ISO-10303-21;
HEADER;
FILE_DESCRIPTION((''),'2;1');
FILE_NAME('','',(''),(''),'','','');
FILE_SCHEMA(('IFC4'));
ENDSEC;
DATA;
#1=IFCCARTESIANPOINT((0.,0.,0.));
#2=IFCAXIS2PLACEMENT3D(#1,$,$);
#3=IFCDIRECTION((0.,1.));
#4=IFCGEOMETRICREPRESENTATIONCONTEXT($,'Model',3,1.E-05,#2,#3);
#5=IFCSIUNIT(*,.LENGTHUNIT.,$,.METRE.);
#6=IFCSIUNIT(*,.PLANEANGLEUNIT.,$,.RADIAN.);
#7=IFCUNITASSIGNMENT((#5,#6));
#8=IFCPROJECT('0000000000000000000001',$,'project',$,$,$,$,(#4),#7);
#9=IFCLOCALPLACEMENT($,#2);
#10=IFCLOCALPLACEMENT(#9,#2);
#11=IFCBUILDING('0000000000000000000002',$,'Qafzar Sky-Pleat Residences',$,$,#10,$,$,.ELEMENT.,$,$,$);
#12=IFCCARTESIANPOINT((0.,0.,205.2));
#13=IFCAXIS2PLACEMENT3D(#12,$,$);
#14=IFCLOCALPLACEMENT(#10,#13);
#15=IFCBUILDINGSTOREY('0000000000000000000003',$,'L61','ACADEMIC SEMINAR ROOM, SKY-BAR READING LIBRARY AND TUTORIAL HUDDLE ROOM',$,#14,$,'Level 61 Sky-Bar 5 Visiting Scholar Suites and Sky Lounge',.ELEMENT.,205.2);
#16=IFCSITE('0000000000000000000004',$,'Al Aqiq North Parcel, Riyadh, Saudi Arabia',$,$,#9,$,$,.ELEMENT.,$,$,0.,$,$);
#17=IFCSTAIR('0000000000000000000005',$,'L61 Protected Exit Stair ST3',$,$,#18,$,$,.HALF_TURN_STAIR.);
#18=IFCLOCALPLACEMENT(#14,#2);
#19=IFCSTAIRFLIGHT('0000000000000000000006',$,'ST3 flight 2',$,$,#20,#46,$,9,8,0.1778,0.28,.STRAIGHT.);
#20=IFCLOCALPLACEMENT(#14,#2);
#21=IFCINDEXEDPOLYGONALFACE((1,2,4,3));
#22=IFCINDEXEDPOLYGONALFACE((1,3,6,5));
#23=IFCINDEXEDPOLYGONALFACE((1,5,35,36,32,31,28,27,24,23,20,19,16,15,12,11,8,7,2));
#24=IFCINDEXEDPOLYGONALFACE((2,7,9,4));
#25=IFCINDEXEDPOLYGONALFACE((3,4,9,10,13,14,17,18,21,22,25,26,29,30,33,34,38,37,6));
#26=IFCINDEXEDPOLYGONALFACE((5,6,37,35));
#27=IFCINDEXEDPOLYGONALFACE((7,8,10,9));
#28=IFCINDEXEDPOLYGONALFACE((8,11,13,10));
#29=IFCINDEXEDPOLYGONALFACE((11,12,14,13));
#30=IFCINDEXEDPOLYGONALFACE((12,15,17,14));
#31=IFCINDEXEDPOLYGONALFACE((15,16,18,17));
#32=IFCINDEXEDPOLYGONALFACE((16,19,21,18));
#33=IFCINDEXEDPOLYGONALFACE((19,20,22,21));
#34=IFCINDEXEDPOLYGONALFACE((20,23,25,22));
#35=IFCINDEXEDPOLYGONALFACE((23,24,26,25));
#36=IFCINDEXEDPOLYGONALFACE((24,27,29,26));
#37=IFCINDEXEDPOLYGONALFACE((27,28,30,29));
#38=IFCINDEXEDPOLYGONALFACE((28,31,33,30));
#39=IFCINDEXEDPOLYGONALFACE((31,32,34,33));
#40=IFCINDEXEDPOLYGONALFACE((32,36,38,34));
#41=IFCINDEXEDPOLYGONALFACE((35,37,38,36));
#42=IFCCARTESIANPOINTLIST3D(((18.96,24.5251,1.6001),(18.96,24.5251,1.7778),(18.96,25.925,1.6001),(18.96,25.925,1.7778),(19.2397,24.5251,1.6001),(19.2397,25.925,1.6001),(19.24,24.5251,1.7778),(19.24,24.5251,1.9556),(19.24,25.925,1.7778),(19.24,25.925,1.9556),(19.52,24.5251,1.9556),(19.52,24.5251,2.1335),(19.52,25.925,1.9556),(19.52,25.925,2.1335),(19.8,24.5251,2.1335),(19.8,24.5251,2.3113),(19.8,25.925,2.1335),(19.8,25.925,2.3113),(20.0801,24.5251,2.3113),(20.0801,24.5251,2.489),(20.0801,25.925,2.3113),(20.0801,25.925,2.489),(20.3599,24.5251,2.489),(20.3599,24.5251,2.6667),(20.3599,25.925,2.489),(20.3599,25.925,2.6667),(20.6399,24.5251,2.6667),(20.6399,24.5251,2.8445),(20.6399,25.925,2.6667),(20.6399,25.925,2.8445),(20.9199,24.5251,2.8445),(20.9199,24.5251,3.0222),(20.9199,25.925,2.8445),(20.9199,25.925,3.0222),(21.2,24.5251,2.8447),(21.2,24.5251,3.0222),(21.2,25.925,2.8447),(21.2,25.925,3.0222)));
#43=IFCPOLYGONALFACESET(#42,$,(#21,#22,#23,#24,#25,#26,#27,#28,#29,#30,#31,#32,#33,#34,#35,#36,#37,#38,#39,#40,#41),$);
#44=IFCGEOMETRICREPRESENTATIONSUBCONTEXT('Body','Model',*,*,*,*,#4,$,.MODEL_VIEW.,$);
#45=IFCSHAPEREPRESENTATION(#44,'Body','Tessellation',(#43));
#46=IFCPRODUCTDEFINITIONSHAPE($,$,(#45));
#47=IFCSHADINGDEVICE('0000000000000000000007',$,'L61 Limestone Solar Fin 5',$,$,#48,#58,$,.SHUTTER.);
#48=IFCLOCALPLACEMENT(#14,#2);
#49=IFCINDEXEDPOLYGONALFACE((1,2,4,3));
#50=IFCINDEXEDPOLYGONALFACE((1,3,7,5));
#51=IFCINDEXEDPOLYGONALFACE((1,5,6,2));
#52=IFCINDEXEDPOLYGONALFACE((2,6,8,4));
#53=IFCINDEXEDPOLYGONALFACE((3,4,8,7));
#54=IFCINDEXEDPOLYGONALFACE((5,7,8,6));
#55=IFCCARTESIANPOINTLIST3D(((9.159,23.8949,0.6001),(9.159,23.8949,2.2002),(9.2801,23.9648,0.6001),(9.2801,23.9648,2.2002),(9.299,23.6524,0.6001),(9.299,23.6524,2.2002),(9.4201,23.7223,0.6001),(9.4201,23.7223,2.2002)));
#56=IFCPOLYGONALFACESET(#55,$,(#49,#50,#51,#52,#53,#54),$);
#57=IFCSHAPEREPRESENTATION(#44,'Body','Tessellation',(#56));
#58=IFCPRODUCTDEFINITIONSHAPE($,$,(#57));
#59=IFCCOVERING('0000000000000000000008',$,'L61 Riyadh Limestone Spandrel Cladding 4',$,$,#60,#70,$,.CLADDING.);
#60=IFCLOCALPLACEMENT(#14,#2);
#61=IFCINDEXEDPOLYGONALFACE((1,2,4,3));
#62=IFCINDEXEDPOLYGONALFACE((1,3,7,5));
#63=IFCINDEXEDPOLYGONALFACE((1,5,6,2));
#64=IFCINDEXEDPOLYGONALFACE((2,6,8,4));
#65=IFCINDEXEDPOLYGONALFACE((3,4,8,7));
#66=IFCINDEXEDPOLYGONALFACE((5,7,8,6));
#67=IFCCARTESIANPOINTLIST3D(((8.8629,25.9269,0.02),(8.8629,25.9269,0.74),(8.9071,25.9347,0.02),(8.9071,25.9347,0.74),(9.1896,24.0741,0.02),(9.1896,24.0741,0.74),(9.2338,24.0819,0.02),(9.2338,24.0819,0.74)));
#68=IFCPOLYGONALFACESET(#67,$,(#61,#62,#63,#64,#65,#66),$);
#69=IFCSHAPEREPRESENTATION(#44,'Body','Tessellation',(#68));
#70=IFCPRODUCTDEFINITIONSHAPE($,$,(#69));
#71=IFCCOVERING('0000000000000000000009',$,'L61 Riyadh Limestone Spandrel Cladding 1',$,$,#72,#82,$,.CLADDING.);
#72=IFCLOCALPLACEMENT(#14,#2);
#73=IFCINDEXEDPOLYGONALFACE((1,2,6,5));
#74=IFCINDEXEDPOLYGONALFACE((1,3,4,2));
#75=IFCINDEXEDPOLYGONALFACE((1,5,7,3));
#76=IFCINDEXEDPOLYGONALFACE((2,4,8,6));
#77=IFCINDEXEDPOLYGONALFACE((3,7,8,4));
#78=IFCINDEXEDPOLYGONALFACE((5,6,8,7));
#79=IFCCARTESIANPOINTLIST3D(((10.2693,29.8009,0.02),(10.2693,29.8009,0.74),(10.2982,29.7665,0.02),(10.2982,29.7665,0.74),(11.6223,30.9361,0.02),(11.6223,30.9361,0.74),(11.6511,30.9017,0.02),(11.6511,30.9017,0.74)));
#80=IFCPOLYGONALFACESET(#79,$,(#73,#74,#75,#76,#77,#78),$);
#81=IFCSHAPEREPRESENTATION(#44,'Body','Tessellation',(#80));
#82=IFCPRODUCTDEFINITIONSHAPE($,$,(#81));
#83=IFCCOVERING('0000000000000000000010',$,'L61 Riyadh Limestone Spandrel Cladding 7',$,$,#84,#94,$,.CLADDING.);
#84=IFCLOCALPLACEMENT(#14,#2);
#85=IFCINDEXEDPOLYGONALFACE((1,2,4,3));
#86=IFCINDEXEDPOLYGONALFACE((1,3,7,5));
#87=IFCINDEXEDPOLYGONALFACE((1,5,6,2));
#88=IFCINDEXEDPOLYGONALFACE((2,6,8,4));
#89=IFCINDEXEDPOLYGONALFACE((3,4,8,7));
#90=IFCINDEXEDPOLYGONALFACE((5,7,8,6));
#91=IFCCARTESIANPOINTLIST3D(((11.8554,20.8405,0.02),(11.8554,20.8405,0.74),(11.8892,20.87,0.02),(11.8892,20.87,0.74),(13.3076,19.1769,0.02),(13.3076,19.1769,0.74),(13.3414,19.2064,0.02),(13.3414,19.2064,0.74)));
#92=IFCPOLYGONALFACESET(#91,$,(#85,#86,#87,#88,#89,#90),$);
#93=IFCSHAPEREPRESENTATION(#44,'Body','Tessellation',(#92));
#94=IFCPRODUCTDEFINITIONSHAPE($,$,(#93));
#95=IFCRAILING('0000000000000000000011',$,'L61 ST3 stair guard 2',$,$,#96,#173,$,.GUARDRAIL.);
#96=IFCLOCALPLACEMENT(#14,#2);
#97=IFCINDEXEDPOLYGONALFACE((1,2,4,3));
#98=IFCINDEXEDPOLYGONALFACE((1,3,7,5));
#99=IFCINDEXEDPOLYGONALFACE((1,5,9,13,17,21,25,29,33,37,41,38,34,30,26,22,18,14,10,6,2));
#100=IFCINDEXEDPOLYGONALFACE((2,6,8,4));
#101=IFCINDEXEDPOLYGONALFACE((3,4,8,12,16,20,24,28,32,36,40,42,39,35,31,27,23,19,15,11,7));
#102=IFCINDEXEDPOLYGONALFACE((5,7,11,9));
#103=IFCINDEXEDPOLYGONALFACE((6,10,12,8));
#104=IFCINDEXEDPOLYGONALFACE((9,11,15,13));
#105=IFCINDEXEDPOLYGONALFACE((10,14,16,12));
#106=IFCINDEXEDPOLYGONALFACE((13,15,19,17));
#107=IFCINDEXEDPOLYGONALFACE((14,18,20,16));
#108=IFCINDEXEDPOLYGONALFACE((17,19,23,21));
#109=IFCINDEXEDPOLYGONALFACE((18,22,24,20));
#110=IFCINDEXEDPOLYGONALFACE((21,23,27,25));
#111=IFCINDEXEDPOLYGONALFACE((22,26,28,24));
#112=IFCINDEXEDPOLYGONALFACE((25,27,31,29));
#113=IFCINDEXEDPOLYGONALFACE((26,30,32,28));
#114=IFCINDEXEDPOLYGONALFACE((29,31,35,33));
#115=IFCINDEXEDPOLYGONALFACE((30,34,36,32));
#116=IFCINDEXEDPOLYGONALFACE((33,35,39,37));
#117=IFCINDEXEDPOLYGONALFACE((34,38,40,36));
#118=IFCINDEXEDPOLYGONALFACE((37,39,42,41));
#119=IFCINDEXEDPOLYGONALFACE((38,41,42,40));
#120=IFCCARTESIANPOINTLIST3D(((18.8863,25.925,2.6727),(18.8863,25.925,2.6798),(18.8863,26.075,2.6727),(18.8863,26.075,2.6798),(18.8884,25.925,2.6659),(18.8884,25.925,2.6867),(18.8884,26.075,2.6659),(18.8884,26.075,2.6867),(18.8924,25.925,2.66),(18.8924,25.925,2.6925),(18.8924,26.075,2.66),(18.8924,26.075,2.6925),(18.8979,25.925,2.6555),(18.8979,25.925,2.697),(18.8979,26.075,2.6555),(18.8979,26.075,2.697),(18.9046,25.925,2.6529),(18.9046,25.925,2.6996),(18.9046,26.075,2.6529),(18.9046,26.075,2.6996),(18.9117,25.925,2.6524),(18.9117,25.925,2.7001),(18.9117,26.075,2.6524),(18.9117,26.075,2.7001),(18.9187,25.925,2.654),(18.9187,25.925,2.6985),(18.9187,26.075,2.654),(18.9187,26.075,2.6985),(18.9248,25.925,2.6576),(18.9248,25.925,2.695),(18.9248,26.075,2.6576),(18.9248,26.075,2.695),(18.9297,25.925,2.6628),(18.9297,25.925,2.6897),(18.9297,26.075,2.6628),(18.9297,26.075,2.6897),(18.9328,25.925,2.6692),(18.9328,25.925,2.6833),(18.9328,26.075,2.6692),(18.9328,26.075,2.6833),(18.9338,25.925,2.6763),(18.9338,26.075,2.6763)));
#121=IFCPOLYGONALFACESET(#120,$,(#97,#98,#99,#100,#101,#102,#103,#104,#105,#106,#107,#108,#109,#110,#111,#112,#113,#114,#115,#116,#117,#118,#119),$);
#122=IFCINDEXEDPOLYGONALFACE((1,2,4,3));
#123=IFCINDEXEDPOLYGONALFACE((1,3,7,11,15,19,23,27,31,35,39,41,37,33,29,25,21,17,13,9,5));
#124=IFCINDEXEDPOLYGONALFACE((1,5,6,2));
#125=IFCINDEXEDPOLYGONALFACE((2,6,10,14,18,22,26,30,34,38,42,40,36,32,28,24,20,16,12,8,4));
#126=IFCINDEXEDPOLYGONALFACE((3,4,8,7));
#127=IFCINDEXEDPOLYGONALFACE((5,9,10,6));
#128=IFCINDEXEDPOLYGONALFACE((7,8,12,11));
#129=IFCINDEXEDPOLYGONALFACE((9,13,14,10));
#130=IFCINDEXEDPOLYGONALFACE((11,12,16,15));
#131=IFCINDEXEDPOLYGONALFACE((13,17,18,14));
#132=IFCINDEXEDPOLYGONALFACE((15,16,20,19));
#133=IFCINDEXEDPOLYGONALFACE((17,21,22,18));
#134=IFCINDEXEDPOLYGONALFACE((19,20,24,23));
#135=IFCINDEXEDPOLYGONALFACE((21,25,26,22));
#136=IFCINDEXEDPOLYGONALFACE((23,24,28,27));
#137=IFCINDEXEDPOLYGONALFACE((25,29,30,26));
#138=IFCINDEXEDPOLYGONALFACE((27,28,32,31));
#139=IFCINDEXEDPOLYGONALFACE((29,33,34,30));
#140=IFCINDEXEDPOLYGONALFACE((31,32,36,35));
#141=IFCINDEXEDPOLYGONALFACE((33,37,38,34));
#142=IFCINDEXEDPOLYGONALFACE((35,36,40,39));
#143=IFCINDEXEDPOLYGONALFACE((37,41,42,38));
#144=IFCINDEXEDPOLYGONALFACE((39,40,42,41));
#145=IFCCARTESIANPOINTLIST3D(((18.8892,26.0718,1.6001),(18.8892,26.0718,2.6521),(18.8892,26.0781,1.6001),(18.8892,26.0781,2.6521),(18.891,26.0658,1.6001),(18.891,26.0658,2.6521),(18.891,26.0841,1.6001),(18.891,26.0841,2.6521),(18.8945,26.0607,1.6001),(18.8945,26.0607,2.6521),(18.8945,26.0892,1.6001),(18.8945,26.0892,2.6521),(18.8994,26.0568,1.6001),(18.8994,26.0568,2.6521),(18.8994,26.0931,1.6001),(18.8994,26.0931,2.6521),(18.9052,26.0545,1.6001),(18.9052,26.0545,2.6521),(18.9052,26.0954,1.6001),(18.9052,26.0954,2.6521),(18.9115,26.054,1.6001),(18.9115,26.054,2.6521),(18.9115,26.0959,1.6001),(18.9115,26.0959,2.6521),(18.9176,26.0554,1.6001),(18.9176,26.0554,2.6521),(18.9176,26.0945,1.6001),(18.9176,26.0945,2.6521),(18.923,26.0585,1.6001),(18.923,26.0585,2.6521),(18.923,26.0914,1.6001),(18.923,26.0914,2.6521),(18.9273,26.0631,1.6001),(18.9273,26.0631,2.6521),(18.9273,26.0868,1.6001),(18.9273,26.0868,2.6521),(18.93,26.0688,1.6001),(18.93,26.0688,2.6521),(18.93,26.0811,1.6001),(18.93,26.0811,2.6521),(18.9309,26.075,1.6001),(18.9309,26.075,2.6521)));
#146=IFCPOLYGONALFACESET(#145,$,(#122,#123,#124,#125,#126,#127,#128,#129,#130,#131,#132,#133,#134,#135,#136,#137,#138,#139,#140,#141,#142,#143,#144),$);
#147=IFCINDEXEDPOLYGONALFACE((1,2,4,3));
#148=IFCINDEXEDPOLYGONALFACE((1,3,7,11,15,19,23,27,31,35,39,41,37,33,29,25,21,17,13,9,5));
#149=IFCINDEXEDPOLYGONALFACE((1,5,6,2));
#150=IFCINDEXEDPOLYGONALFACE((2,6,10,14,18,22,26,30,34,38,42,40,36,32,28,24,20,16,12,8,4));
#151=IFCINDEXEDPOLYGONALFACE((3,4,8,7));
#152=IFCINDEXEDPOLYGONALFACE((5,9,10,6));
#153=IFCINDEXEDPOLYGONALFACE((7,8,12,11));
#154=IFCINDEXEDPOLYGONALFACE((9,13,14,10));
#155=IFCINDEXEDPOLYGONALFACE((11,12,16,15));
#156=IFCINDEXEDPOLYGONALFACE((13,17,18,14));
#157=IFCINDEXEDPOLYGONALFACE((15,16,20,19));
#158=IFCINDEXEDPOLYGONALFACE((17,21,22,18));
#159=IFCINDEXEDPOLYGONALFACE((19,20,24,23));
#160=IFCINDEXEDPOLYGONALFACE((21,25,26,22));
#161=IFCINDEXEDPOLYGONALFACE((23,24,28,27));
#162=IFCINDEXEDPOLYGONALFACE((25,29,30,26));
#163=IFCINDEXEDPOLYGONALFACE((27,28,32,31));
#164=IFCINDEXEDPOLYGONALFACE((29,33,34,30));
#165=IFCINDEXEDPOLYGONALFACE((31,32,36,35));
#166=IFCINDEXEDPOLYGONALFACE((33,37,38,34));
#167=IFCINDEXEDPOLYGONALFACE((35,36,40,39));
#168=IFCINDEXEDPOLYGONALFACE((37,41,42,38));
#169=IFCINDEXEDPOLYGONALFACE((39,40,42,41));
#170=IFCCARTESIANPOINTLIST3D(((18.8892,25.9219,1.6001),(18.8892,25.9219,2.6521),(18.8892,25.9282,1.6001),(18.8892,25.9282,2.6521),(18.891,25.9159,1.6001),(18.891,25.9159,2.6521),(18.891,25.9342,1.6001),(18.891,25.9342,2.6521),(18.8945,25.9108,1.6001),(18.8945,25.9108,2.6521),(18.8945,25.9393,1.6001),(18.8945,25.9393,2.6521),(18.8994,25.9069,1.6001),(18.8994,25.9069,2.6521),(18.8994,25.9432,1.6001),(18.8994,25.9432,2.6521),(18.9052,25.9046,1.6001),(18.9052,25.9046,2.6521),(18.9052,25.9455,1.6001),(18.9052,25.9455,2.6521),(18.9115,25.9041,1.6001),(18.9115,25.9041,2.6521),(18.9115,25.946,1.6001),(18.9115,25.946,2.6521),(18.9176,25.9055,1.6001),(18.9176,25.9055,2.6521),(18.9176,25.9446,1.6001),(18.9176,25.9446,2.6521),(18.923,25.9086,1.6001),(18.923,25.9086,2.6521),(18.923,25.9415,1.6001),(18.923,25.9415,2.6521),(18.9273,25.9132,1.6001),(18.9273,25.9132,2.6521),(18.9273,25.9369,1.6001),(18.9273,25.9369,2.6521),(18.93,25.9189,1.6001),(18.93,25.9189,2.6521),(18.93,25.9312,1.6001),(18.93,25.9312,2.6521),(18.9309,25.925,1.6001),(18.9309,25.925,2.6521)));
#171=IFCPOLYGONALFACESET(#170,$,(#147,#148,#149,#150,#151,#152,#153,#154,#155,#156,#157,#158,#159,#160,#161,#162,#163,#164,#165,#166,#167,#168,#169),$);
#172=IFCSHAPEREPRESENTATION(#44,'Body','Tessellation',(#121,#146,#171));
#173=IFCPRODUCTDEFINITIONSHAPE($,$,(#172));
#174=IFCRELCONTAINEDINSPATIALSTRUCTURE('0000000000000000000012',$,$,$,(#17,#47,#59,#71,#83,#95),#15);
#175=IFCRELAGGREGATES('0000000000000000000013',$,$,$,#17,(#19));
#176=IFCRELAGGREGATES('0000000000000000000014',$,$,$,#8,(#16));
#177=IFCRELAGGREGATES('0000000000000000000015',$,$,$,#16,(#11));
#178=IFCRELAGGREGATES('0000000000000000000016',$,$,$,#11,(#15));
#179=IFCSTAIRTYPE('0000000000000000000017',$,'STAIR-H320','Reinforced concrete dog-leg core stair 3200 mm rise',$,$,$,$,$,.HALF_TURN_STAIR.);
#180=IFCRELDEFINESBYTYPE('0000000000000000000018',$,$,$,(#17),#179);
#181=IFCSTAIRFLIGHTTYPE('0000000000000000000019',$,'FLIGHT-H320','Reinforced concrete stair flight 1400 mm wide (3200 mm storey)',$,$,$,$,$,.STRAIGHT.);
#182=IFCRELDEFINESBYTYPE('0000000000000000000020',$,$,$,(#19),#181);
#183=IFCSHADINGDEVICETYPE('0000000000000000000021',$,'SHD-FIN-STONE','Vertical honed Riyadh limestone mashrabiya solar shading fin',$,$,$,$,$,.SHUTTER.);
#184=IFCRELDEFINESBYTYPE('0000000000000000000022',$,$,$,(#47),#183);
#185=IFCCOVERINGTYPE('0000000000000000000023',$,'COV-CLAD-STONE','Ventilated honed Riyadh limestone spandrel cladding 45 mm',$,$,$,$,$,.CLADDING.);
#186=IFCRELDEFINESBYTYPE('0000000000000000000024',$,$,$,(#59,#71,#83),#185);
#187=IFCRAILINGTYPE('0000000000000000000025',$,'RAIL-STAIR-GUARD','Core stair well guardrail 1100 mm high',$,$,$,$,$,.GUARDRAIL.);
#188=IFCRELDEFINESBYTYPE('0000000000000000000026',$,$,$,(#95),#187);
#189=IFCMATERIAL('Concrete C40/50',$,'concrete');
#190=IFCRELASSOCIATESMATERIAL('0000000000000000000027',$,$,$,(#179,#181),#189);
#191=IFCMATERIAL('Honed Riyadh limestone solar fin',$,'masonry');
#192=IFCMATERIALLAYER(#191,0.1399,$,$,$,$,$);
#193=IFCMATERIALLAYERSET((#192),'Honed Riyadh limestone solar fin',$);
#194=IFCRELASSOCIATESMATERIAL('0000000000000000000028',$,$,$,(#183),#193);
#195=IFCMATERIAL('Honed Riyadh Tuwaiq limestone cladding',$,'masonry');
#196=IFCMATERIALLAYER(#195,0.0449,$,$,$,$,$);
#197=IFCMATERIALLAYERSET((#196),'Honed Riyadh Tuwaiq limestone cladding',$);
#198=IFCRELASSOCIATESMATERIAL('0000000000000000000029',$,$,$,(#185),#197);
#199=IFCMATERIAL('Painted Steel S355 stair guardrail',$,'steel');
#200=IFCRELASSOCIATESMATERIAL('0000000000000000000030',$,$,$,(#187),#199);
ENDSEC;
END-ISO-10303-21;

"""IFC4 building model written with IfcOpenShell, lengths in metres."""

from ifc_helpers import new_model, si_unit, direction, frame, origin, origin_2d, place, context, subcontext, project, spatial, polyline, rectangle, circle, outline, extrude, source, transform, mapped, material, layer, layer_set, type_object, element, aggregate, save


model = new_model("IFC4")

# Units and contexts
model_context = context("Model", 3, precision=1e-05, world=origin(), true_north=direction((0.0, 1.0)))
body_context = subcontext(model_context, "Body", "Model", "MODEL_VIEW")
ifc_project = project(units=[si_unit("LENGTHUNIT", "METRE"), si_unit("PLANEANGLEUNIT", "RADIAN")], contexts=[model_context])

# Site, building, storey
site_placement = place(None, origin())
site = spatial("IfcSite", under=ifc_project, at=site_placement, Name="Al Aqiq North Parcel, Riyadh, Saudi Arabia", CompositionType="ELEMENT", RefElevation=0.0)
building_placement = place(site_placement, origin())
building = spatial("IfcBuilding", under=site, at=building_placement, Name="Qafzar Sky-Pleat Residences", CompositionType="ELEMENT")
storey_placement = place(building_placement, frame((0.0, 0.0, 205.2)))
storey = spatial("IfcBuildingStorey", under=building, at=storey_placement, Name="L61", Description="ACADEMIC SEMINAR ROOM, SKY-BAR READING LIBRARY AND TUTORIAL HUDDLE ROOM", LongName="Level 61 Sky-Bar 5 Visiting Scholar Suites and Sky Lounge", CompositionType="ELEMENT", Elevation=205.2)

# Stair, stair flight
ifc_material_1 = material(Name="Concrete C40/50", Category="concrete")
stair_type = type_object("IfcStairType", Name="STAIR-H320", Description="Reinforced concrete dog-leg core stair 3200 mm rise", PredefinedType="HALF_TURN_STAIR", material=ifc_material_1)
stair_placement = place(storey_placement, origin())
stair = element("IfcStair", 1, at=stair_placement, inside=storey, type_object=stair_type, Name="L61 Protected Exit Stair ST3", PredefinedType="HALF_TURN_STAIR")
stair_flight_type = type_object("IfcStairFlightType", Name="FLIGHT-H320", Description="Reinforced concrete stair flight 1400 mm wide (3200 mm storey)", PredefinedType="STRAIGHT", material=ifc_material_1)
shared_shape_1 = source(origin(), body_context, "Body", "SweptSolid", [
    extrude(outline(polyline([(0.0, 0.0), (0.0, 0.1777), (0.28, 0.1777), (0.28, 0.3555), (0.5601, 0.3555), (0.5601, 0.5334), (0.8401, 0.5334), (0.8401, 0.7112), (1.1201, 0.7112), (1.1201, 0.8889), (1.3999, 0.8889), (1.3999, 1.0667), (1.6799, 1.0667), (1.6799, 1.2444), (1.96, 1.2444), (1.96, 1.4221), (2.24, 1.4221), (2.24, 1.6001), (2.24, 1.2446), (0.2798, 0.0), (0.0, 0.0)])), frame((0.0, 0.7, 0.0), z_axis=(0.0, -1.0, 0.0), x_axis=(1.0, 0.0, 0.0)), (0.0, 0.0, 1.0), 1.3999),
])
stair_flight_placement = place(storey_placement, frame((18.96, 25.2251, 1.6001), z_axis=(0.0, 0.0, 1.0), x_axis=(1.0, 0.0, 0.0)))
stair_flight = element("IfcStairFlight", 2, at=stair_flight_placement, type_object=stair_flight_type, Name="ST3 flight 2", NumberOfRisers=9, NumberOfTreads=8, PredefinedType="STRAIGHT", RiserHeight=0.1778, TreadLength=0.28, context=body_context, shape_type="MappedRepresentation", body=[
    mapped(shared_shape_1, transform((0.0, 0.0, 0.0), x_axis=(1.0, 0.0, 0.0), y_axis=(0.0, 1.0, 0.0), z_axis=(0.0, 0.0, 1.0), scale=1.0)),
])
aggregate(stair, [stair_flight])

# Shading device
ifc_material_2 = material(Name="Honed Riyadh limestone solar fin", Category="masonry")
ifc_layer_1 = layer(ifc_material_2, 0.1399)
ifc_layer_set_1 = layer_set([ifc_layer_1], Name="Honed Riyadh limestone solar fin")
shading_device_type = type_object("IfcShadingDeviceType", Name="SHD-FIN-STONE", Description="Vertical honed Riyadh limestone mashrabiya solar shading fin", PredefinedType="SHUTTER", material=ifc_layer_set_1)
shared_shape_2 = source(origin(), body_context, "Body", "SweptSolid", [
    extrude(rectangle(XDim=0.1399, YDim=0.28, at=origin_2d()), origin(), (0.0, 0.0, 1.0), 1.6001),
])
shading_device_placement = place(storey_placement, frame((9.2896, 23.8086, 0.6001), z_axis=(0.0, 0.0, 1.0), x_axis=(-0.866044, -0.499967, 0.0)))
element("IfcShadingDevice", 3, at=shading_device_placement, inside=storey, type_object=shading_device_type, Name="L61 Limestone Solar Fin 5", PredefinedType="SHUTTER", context=body_context, shape_type="MappedRepresentation", body=[
    mapped(shared_shape_2, transform((0.0, 0.0, 0.0), x_axis=(1.0, 0.0, 0.0), y_axis=(0.0, 1.0, 0.0), z_axis=(0.0, 0.0, 1.0), scale=1.0)),
])

# Coverings
ifc_material_3 = material(Name="Honed Riyadh Tuwaiq limestone cladding", Category="masonry")
ifc_layer_2 = layer(ifc_material_3, 0.0449)
ifc_layer_set_2 = layer_set([ifc_layer_2], Name="Honed Riyadh Tuwaiq limestone cladding")
covering_type = type_object("IfcCoveringType", Name="COV-CLAD-STONE", Description="Ventilated honed Riyadh limestone spandrel cladding 45 mm", PredefinedType="CLADDING", material=ifc_layer_set_2)
shared_shape_3 = source(origin(), body_context, "Body", "SweptSolid", [
    extrude(rectangle(XDim=1.8813, YDim=0.0449, at=origin_2d()), origin(), (0.0, 0.0, 1.0), 0.72),
])
covering_1_placement = place(storey_placement, frame((9.0483, 25.0044, 0.02), z_axis=(0.0, 0.0, 1.0), x_axis=(0.173663, -0.984805, 0.0)))
element("IfcCovering", 4, at=covering_1_placement, inside=storey, type_object=covering_type, Name="L61 Riyadh Limestone Spandrel Cladding 4", PredefinedType="CLADDING", context=body_context, shape_type="MappedRepresentation", body=[
    mapped(shared_shape_3, transform((0.0, 0.0, 0.0), x_axis=(1.0, 0.0, 0.0), y_axis=(0.0, 1.0, 0.0), z_axis=(0.0, 0.0, 1.0), scale=1.0)),
])
shared_shape_4 = source(origin(), body_context, "Body", "SweptSolid", [
    extrude(rectangle(XDim=1.7661, YDim=0.0449, at=origin_2d()), origin(), (0.0, 0.0, 1.0), 0.72),
])
covering_2_placement = place(storey_placement, frame((10.9602, 30.3513, 0.02), z_axis=(0.0, 0.0, 1.0), x_axis=(-0.766074, -0.642752, 0.0)))
element("IfcCovering", 5, at=covering_2_placement, inside=storey, type_object=covering_type, Name="L61 Riyadh Limestone Spandrel Cladding 1", PredefinedType="CLADDING", context=body_context, shape_type="MappedRepresentation", body=[
    mapped(shared_shape_4, transform((0.0, 0.0, 0.0), x_axis=(1.0, 0.0, 0.0), y_axis=(0.0, 1.0, 0.0), z_axis=(0.0, 0.0, 1.0), scale=1.0)),
])
shared_shape_5 = source(origin(), body_context, "Body", "SweptSolid", [
    extrude(rectangle(XDim=2.2083, YDim=0.0449, at=origin_2d()), origin(), (0.0, 0.0, 1.0), 0.72),
])
covering_3_placement = place(storey_placement, frame((12.5984, 20.0234, 0.02), z_axis=(0.0, 0.0, 1.0), x_axis=(0.657615, -0.753354, 0.0)))
element("IfcCovering", 6, at=covering_3_placement, inside=storey, type_object=covering_type, Name="L61 Riyadh Limestone Spandrel Cladding 7", PredefinedType="CLADDING", context=body_context, shape_type="MappedRepresentation", body=[
    mapped(shared_shape_5, transform((0.0, 0.0, 0.0), x_axis=(1.0, 0.0, 0.0), y_axis=(0.0, 1.0, 0.0), z_axis=(0.0, 0.0, 1.0), scale=1.0)),
])

# Railing
ifc_material_4 = material(Name="Painted Steel S355 stair guardrail", Category="steel")
railing_type_1 = type_object("IfcRailingType", Name="RAIL-STAIR-GUARD", Description="Core stair well guardrail 1100 mm high", PredefinedType="GUARDRAIL", material=ifc_material_4)
shared_shape_6 = source(origin(), body_context, "Body", "SweptSolid", [
    extrude(circle(Radius=0.0239, at=origin_2d()), frame((0.0, 0.0, 1.0762), z_axis=(0.0, -1.0, 0.0), x_axis=(1.0, 0.0, 0.0)), (0.0, 0.0, 1.0), 0.1499),
    extrude(circle(Radius=0.021, at=origin_2d()), origin(), (0.0, 0.0, 1.0), 1.052),
    extrude(circle(Radius=0.021, at=origin_2d()), frame((0.0, -0.1499, 0.0)), (0.0, 0.0, 1.0), 1.052),
])
railing_1_placement = place(storey_placement, frame((18.9099, 26.075, 1.6001)))
element("IfcRailing", 7, at=railing_1_placement, inside=storey, type_object=railing_type_1, Name="L61 ST3 stair guard 2", PredefinedType="GUARDRAIL", context=body_context, shape_type="MappedRepresentation", body=[
    mapped(shared_shape_6, transform((0.0, 0.0, 0.0), x_axis=(1.0, 0.0, 0.0), y_axis=(0.0, 1.0, 0.0), z_axis=(0.0, 0.0, 1.0), scale=1.0)),
])

save(model, "model.ifc")
